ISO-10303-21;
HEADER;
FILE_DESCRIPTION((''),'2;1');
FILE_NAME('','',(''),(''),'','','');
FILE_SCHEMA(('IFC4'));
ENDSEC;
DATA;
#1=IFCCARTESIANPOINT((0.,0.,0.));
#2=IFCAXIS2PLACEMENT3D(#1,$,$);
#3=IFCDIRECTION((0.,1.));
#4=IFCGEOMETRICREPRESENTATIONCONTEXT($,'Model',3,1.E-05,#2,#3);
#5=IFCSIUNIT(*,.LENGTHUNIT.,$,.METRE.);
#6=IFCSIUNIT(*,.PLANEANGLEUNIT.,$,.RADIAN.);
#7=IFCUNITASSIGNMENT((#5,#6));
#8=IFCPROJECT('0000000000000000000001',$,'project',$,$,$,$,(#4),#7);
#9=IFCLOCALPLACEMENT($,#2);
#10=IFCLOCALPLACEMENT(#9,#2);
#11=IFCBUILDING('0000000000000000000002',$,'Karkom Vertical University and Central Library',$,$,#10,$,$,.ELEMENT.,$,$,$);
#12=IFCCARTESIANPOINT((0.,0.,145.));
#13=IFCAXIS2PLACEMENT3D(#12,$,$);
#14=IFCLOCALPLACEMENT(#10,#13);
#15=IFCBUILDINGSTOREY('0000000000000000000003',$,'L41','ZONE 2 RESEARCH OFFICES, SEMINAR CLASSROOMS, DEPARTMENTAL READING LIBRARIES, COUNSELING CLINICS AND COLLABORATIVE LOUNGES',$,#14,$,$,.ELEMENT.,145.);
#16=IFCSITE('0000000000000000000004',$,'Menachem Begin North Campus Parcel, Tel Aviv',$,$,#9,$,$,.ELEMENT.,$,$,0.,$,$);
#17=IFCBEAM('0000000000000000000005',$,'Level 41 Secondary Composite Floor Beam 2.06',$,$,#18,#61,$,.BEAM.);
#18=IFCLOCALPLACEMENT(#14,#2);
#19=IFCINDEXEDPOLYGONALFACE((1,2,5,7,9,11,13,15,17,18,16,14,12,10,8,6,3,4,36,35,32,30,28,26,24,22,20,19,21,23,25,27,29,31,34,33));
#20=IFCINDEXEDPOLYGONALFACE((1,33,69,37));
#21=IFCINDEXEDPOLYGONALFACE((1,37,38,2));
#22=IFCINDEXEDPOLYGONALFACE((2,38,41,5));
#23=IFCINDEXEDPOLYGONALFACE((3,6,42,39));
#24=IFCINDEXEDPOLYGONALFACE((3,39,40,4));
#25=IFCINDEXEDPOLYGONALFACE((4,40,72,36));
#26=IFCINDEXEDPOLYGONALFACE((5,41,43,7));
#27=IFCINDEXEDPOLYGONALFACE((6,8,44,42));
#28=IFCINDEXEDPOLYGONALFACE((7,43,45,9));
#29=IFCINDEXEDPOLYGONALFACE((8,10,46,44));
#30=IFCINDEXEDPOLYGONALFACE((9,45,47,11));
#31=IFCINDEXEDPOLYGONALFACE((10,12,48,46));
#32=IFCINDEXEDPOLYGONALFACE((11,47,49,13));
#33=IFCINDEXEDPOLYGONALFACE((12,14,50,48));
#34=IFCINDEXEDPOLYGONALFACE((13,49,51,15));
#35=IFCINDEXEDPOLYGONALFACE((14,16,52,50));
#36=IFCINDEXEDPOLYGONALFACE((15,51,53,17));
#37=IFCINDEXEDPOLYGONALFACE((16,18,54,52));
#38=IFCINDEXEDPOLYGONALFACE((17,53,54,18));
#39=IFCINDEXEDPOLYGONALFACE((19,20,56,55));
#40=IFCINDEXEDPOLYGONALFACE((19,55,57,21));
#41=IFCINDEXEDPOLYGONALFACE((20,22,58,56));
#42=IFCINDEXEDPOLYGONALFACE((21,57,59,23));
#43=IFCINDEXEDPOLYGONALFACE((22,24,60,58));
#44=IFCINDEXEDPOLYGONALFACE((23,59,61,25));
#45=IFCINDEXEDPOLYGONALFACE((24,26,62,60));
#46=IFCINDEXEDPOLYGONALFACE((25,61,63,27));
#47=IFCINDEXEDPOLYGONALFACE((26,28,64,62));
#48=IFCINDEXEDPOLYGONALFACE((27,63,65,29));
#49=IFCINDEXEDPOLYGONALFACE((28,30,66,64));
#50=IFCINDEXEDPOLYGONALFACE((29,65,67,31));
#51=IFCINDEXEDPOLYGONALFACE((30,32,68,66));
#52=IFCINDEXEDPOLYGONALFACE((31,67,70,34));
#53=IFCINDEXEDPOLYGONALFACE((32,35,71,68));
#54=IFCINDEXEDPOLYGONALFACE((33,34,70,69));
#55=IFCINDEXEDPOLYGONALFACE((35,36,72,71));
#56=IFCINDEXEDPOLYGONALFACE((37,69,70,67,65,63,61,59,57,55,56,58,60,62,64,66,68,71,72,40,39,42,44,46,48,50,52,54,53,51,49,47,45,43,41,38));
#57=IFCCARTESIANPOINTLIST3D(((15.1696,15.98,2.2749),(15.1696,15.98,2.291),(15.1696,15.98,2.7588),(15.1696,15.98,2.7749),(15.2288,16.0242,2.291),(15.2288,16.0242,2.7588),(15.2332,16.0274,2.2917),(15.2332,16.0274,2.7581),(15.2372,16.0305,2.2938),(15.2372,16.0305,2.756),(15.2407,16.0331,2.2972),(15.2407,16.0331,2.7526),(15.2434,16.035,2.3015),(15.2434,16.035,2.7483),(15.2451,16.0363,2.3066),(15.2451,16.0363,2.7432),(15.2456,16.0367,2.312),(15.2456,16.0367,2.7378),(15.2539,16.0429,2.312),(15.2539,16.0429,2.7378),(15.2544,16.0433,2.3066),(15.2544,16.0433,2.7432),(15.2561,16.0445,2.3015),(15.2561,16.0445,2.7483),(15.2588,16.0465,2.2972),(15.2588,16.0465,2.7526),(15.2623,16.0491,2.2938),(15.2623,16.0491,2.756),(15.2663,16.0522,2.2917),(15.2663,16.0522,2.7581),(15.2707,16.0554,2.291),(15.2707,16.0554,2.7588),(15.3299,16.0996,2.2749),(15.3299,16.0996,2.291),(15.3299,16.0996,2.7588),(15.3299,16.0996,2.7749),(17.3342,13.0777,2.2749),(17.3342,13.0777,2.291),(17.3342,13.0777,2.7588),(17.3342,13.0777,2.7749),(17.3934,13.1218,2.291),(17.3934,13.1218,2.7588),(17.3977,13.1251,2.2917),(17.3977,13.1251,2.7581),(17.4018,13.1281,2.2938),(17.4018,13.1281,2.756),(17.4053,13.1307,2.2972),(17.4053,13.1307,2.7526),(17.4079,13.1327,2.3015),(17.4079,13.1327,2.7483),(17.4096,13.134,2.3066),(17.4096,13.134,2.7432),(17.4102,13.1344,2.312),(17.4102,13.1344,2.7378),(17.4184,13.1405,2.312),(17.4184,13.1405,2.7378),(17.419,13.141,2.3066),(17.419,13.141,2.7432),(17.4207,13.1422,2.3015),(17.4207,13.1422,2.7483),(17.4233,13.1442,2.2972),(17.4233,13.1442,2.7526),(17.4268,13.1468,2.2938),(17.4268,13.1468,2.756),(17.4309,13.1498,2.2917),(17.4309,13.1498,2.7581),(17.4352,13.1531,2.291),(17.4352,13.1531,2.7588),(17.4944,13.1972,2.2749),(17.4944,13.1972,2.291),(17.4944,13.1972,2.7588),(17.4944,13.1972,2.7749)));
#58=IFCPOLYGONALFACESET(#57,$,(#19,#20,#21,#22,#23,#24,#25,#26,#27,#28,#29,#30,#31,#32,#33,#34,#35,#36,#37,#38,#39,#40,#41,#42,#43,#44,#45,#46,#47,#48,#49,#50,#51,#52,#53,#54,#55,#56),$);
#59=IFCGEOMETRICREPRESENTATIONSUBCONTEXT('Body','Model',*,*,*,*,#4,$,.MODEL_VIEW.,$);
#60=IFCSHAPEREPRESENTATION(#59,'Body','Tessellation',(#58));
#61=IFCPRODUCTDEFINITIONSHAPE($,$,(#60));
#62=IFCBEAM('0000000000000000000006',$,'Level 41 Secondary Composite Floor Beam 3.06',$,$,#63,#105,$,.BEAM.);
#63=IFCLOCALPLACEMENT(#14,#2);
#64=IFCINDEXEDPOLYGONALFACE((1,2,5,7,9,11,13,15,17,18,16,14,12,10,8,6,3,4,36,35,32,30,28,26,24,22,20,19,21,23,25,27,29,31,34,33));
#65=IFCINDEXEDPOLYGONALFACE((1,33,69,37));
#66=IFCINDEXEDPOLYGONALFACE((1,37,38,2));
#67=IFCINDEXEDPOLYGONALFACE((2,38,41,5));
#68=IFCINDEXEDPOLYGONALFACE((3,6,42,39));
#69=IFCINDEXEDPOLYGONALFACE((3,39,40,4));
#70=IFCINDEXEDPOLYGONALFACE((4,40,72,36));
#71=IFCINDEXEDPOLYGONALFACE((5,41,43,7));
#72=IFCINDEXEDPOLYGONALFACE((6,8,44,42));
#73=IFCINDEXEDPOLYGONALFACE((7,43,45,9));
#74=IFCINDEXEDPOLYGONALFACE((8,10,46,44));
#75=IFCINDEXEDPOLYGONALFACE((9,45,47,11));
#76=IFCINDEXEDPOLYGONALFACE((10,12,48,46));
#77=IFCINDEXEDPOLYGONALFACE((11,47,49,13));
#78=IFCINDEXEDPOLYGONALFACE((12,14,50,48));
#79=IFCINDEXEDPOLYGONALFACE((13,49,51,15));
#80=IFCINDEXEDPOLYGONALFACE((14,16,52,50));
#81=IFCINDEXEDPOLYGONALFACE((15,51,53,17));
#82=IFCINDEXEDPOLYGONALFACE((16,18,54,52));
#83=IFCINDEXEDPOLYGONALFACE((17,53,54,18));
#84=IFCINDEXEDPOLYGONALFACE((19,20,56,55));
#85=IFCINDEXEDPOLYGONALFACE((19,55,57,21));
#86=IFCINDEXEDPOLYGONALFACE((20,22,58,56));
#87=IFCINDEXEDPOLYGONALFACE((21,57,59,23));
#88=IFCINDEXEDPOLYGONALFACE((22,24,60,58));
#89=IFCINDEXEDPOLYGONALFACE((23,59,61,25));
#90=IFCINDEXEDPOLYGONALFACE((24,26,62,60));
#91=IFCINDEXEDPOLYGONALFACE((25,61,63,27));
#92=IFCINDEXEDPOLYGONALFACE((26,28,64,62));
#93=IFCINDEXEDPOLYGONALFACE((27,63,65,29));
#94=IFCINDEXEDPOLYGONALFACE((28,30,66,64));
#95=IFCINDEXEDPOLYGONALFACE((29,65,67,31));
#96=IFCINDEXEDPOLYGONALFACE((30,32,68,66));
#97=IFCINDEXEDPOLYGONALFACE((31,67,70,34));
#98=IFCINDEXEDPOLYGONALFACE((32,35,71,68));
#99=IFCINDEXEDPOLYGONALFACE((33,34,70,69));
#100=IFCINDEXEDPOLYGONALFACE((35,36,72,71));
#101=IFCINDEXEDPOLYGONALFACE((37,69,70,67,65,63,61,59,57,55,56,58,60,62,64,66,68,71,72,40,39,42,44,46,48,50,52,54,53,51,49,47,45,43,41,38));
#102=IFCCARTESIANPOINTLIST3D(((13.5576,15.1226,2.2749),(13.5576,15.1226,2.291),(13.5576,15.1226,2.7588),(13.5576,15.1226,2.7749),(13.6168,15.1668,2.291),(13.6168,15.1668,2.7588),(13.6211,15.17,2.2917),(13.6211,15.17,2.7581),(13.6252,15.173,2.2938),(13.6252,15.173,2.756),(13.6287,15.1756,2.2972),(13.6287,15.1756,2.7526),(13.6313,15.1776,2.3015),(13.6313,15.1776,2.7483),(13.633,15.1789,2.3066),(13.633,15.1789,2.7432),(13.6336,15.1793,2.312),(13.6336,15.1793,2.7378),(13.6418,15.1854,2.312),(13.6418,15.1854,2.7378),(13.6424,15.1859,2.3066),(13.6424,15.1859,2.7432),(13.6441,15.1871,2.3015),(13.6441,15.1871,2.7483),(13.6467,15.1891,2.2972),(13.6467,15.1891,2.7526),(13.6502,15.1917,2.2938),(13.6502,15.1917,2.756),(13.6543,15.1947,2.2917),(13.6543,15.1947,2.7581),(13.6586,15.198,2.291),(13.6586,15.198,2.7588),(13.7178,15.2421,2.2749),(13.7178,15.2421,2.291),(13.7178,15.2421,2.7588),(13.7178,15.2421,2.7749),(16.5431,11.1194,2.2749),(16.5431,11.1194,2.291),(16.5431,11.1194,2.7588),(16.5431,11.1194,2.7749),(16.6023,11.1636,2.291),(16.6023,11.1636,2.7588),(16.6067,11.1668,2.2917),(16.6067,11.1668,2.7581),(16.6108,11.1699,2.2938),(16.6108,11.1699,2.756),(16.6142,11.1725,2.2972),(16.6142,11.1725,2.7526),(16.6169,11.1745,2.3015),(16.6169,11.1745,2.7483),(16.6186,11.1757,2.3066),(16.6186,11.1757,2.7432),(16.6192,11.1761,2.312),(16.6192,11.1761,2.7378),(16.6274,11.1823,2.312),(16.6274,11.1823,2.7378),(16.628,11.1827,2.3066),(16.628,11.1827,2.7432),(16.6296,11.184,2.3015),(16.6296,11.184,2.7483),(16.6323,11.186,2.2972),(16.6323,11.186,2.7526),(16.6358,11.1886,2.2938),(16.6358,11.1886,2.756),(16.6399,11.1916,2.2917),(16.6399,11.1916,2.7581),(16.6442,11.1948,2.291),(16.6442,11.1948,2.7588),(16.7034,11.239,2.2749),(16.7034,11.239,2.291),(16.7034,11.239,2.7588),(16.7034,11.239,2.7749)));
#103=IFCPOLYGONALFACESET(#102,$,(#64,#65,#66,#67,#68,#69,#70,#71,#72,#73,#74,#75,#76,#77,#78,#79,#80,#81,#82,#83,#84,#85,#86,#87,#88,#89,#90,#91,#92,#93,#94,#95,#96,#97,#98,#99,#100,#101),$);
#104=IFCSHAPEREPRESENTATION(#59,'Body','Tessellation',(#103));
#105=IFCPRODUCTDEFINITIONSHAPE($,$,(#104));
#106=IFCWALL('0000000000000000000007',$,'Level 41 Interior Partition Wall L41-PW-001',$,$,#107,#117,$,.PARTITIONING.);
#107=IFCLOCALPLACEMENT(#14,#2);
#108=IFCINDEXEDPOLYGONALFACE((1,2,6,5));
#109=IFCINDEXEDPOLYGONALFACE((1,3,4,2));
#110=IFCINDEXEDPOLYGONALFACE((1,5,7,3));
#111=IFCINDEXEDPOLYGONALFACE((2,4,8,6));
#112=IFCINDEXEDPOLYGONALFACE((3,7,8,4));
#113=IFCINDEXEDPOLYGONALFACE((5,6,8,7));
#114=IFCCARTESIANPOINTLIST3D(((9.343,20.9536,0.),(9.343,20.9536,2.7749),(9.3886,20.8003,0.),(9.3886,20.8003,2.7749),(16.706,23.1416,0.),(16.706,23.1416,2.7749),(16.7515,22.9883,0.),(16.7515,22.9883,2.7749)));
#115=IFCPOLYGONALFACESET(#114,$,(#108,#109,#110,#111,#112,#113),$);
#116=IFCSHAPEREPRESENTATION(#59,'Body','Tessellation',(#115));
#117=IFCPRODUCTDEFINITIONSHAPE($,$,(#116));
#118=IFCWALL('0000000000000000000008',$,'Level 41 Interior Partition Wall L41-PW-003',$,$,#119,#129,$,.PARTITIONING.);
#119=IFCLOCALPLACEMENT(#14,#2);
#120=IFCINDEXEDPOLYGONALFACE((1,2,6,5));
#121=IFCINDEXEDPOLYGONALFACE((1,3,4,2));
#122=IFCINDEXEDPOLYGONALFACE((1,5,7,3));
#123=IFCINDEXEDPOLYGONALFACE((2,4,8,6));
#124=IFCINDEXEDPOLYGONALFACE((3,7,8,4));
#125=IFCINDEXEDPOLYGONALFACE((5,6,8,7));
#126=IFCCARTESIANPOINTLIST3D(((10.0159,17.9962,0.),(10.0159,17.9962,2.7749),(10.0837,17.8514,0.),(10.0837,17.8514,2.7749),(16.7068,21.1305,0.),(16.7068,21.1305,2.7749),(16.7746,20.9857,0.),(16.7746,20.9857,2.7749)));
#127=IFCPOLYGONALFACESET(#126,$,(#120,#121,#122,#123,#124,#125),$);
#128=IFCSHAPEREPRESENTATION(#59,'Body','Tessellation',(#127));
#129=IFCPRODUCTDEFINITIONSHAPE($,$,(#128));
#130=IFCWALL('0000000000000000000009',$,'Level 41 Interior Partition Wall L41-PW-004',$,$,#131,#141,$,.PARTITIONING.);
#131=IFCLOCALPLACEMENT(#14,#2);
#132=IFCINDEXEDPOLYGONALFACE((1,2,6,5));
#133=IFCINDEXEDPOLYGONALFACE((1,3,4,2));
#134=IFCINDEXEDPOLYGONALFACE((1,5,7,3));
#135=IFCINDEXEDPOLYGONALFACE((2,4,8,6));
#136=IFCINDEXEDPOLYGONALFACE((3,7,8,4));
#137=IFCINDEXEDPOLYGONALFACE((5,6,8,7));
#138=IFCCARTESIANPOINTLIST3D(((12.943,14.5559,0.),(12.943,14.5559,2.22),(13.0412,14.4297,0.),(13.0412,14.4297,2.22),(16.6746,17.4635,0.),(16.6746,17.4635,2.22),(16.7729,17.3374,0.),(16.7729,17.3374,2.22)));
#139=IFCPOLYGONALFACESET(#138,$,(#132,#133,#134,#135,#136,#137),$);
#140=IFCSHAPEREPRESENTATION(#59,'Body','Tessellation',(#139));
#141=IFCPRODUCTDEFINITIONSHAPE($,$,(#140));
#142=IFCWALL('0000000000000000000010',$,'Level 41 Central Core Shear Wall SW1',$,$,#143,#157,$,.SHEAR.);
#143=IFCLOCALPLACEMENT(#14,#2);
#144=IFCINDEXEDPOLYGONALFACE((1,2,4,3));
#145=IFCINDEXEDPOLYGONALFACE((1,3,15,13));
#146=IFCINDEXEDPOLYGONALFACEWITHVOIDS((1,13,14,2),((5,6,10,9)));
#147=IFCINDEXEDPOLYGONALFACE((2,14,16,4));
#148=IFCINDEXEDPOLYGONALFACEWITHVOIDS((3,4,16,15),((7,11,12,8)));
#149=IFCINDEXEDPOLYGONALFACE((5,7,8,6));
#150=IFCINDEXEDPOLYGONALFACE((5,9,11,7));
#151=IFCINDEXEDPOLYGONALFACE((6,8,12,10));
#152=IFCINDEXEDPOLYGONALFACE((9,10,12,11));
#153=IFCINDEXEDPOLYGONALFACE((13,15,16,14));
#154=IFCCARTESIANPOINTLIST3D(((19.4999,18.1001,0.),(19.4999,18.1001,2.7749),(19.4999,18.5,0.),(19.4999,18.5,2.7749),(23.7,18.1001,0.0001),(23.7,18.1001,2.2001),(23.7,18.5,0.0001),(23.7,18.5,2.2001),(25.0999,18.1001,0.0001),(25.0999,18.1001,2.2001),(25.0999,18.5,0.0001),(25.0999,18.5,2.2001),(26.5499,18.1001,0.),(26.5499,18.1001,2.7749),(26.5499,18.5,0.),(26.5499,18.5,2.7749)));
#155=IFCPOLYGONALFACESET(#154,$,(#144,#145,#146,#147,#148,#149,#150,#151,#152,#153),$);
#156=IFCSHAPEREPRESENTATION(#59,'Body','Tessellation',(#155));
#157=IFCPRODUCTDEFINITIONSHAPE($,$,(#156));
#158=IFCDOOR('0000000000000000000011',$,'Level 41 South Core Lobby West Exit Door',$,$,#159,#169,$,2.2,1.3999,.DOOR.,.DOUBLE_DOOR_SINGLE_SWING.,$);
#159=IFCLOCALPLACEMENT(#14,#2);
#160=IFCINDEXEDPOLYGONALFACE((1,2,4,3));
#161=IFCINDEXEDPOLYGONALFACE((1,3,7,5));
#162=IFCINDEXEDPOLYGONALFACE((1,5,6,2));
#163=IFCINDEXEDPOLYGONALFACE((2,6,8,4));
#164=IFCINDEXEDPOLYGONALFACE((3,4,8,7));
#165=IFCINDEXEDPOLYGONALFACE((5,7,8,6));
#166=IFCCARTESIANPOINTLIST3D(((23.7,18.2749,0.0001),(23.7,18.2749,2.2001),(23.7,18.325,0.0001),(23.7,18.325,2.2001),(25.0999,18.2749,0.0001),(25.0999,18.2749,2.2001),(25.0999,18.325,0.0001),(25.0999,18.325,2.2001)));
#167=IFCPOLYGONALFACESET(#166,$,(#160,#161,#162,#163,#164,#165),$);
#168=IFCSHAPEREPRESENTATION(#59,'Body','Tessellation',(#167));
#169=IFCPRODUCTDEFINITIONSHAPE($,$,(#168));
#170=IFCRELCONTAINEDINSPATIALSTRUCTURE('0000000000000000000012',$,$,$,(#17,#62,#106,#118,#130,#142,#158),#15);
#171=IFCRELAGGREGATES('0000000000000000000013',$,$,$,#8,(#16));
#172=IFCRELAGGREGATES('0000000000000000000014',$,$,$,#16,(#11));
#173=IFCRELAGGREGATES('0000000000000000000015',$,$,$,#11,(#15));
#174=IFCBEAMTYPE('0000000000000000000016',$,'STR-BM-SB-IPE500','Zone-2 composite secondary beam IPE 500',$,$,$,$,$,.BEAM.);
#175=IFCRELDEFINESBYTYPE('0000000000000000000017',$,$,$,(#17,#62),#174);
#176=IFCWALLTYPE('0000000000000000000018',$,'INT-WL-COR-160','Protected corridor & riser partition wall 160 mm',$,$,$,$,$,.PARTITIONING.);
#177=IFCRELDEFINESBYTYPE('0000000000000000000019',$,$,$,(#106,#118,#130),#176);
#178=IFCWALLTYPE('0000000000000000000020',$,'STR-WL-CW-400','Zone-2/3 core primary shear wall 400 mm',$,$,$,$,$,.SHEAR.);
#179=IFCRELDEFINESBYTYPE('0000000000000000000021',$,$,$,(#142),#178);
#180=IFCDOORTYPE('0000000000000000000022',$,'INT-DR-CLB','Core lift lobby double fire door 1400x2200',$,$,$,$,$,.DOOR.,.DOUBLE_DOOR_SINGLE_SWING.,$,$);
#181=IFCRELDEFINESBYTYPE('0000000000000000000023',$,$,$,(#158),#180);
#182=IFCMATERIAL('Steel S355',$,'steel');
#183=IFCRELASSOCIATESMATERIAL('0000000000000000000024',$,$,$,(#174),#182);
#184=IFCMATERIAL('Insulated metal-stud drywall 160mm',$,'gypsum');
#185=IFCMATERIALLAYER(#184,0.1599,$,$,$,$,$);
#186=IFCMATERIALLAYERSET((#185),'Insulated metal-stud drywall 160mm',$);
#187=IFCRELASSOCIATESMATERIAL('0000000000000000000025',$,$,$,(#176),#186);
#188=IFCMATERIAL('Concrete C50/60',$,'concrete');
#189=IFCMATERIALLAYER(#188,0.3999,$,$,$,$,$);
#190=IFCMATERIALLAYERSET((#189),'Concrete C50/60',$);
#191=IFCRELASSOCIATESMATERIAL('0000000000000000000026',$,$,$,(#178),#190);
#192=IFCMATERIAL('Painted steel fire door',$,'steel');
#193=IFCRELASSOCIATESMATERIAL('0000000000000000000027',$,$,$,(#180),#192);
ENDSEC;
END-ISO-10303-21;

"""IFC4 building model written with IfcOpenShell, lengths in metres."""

from ifc_helpers import new_model, si_unit, direction, frame, frame_2d, origin, origin_with_axes, origin_2d, place, context, subcontext, project, spatial, rectangle, i_section, extrude, source, transform, mapped, material, layer, layer_set, material_profile, profile_set, type_object, element, fill, save


model = new_model("IFC4")

# Units and contexts
model_context = context("Model", 3, precision=1e-05, world=origin(), true_north=direction((0.0, 1.0)))
body_context = subcontext(model_context, "Body", "Model", "MODEL_VIEW")
ifc_project = project(units=[si_unit("LENGTHUNIT", "METRE"), si_unit("PLANEANGLEUNIT", "RADIAN")], contexts=[model_context])

# Site, building, storey
site_placement = place(None, origin())
site = spatial("IfcSite", under=ifc_project, at=site_placement, Name="Menachem Begin North Campus Parcel, Tel Aviv", CompositionType="ELEMENT", RefElevation=0.0)
building_placement = place(site_placement, origin())
building = spatial("IfcBuilding", under=site, at=building_placement, Name="Karkom Vertical University and Central Library", CompositionType="ELEMENT")
storey_placement = place(building_placement, frame((0.0, 0.0, 145.0)))
storey = spatial("IfcBuildingStorey", under=building, at=storey_placement, Name="L41", Description="ZONE 2 RESEARCH OFFICES, SEMINAR CLASSROOMS, DEPARTMENTAL READING LIBRARIES, COUNSELING CLINICS AND COLLABORATIVE LOUNGES", CompositionType="ELEMENT", Elevation=145.0)

# Shared definitions
ifc_material_1 = material(Name="Concrete C50/60", Category="concrete")

# Beams
ifc_material_2 = material(Name="Steel S355", Category="steel")
ifc_material_profile_1 = material_profile(ifc_material_2, i_section(OverallWidth=0.2, OverallDepth=0.5, WebThickness=0.0103, FlangeThickness=0.0161, FilletRadius=0.021, at=origin_2d()), Name="IPE 500")
ifc_profile_set_1 = profile_set([ifc_material_profile_1], Name="Steel S355")
beam_type_1 = type_object("IfcBeamType", Name="STR-BM-SB-IPE500", Description="Zone-2 composite secondary beam IPE 500", PredefinedType="BEAM", material=ifc_profile_set_1)
shared_shape_1 = source(origin_with_axes(), body_context, "Body", "SweptSolid", [
    extrude(i_section(OverallWidth=0.2, OverallDepth=0.5, WebThickness=0.0103, FlangeThickness=0.0161, FilletRadius=0.021, at=origin_2d()), origin(), (0.0, 0.0, 1.0), 3.6206),
])
beam_1_placement = place(storey_placement, frame((15.2498, 16.0398, 2.5249), z_axis=(0.59784, -0.801615, 0.0), x_axis=(0.801615, 0.59784, 0.0)))
element("IfcBeam", 1, at=beam_1_placement, inside=storey, type_object=beam_type_1, Name="Level 41 Secondary Composite Floor Beam 2.06", PredefinedType="BEAM", context=body_context, shape_type="MappedRepresentation", body=[
    mapped(shared_shape_1, transform((0.0, 0.0, 0.0), scale=1.0)),
])
shared_shape_2 = source(origin_with_axes(), body_context, "Body", "SweptSolid", [
    extrude(i_section(OverallWidth=0.2, OverallDepth=0.5, WebThickness=0.0103, FlangeThickness=0.0161, FilletRadius=0.021, at=origin_2d()), origin(), (0.0, 0.0, 1.0), 4.9939),
])
beam_2_placement = place(storey_placement, frame((13.6377, 15.1824, 2.5249), z_axis=(0.597847, -0.80161, 0.0), x_axis=(0.80161, 0.597847, 0.0)))
element("IfcBeam", 2, at=beam_2_placement, inside=storey, type_object=beam_type_1, Name="Level 41 Secondary Composite Floor Beam 3.06", PredefinedType="BEAM", context=body_context, shape_type="MappedRepresentation", body=[
    mapped(shared_shape_2, transform((0.0, 0.0, 0.0), scale=1.0)),
])

# Shared definitions
ifc_material_3 = material(Name="Insulated metal-stud drywall 160mm", Category="gypsum")
ifc_layer_1 = layer(ifc_material_3, 0.1599)
ifc_layer_set_1 = layer_set([ifc_layer_1], Name="Insulated metal-stud drywall 160mm")
wall_type_1 = type_object("IfcWallType", Name="INT-WL-COR-160", Description="Protected corridor & riser partition wall 160 mm", PredefinedType="PARTITIONING", material=ifc_layer_set_1)

# Walls
wall_1_placement = place(storey_placement, frame((16.7288, 23.0649, 0.0), z_axis=(0.0, 0.0, 1.0), x_axis=(-0.958573, -0.284848, 0.0)))
element("IfcWall", 3, at=wall_1_placement, inside=storey, type_object=wall_type_1, Name="Level 41 Interior Partition Wall L41-PW-001", PredefinedType="PARTITIONING", context=body_context, shape_type="SweptSolid", body=[
    extrude(rectangle(XDim=7.6812, YDim=0.1599, at=frame_2d((3.8406, 0.0))), origin(), (0.0, 0.0, 1.0), 2.7749),
])
wall_2_placement = place(storey_placement, frame((16.7407, 21.0581, 0.0), z_axis=(0.0, 0.0, 1.0), x_axis=(-0.905568, -0.424202, 0.0)))
element("IfcWall", 4, at=wall_2_placement, inside=storey, type_object=wall_type_1, Name="Level 41 Interior Partition Wall L41-PW-003", PredefinedType="PARTITIONING", context=body_context, shape_type="SweptSolid", body=[
    extrude(rectangle(XDim=7.3887, YDim=0.1599, at=frame_2d((3.6943, 0.0))), origin(), (0.0, 0.0, 1.0), 2.7749),
])
wall_3_placement = place(storey_placement, frame((16.7236, 17.4004, 0.0), z_axis=(0.0, 0.0, 1.0), x_axis=(-0.78881, -0.614637, 0.0)))
element("IfcWall", 5, at=wall_3_placement, inside=storey, type_object=wall_type_1, Name="Level 41 Interior Partition Wall L41-PW-004", PredefinedType="PARTITIONING", context=body_context, shape_type="SweptSolid", body=[
    extrude(rectangle(XDim=4.7307, YDim=0.1599, at=frame_2d((2.3652, 0.0))), origin(), (0.0, 0.0, 1.0), 2.22),
])

# Wall, opening, door
ifc_layer_2 = layer(ifc_material_1, 0.3999)
ifc_layer_set_2 = layer_set([ifc_layer_2], Name="Concrete C50/60")
wall_type_2 = type_object("IfcWallType", Name="STR-WL-CW-400", Description="Zone-2/3 core primary shear wall 400 mm", PredefinedType="SHEAR", material=ifc_layer_set_2)
wall_4_placement = place(storey_placement, frame((19.5, 18.3, 0.0), z_axis=(0.0, 0.0, 1.0), x_axis=(1.0, 0.0, 0.0)))
wall_4 = element("IfcWall", 6, at=wall_4_placement, inside=storey, type_object=wall_type_2, Name="Level 41 Central Core Shear Wall SW1", PredefinedType="SHEAR", context=body_context, shape_type="SweptSolid", body=[
    extrude(rectangle(XDim=7.05, YDim=0.3999, at=frame_2d((3.5249, 0.0))), origin(), (0.0, 0.0, 1.0), 2.7749),
])
opening_1_placement = place(wall_4_placement, frame((4.2, 0.0, 0.0)))
opening_1 = element("IfcOpeningElement", 7, at=opening_1_placement, cuts=wall_4, PredefinedType="OPENING", context=body_context, shape_type="SweptSolid", body=[
    extrude(rectangle(XDim=1.3999, YDim=2.2, at=frame_2d((0.7, 1.1001))), frame((0.0, 0.21, 0.0), z_axis=(0.0, -1.0, 0.0), x_axis=(1.0, 0.0, 0.0)), (0.0, 0.0, 1.0), 0.4199),
])
ifc_material_4 = material(Name="Painted steel fire door", Category="steel")
door_type_1 = type_object("IfcDoorType", Name="INT-DR-CLB", Description="Core lift lobby double fire door 1400x2200", OperationType="DOUBLE_DOOR_SINGLE_SWING", PredefinedType="DOOR", material=ifc_material_4)
shared_shape_3 = source(origin_with_axes(), body_context, "Body", "SweptSolid", [
    extrude(rectangle(XDim=1.3999, YDim=2.2, at=frame_2d((0.7, 1.1001))), frame((0.0, 0.0249, 0.0), z_axis=(0.0, -1.0, 0.0), x_axis=(1.0, 0.0, 0.0)), (0.0, 0.0, 1.0), 0.05),
])
door_1_placement = place(opening_1_placement, origin())
door_1 = element("IfcDoor", 8, at=door_1_placement, inside=storey, type_object=door_type_1, Name="Level 41 South Core Lobby West Exit Door", OperationType="DOUBLE_DOOR_SINGLE_SWING", OverallHeight=2.2, OverallWidth=1.3999, PredefinedType="DOOR", context=body_context, shape_type="MappedRepresentation", body=[
    mapped(shared_shape_3, transform((0.0, 0.0, 0.0), scale=1.0)),
])
fill(opening_1, door_1)

save(model, "model.ifc")
